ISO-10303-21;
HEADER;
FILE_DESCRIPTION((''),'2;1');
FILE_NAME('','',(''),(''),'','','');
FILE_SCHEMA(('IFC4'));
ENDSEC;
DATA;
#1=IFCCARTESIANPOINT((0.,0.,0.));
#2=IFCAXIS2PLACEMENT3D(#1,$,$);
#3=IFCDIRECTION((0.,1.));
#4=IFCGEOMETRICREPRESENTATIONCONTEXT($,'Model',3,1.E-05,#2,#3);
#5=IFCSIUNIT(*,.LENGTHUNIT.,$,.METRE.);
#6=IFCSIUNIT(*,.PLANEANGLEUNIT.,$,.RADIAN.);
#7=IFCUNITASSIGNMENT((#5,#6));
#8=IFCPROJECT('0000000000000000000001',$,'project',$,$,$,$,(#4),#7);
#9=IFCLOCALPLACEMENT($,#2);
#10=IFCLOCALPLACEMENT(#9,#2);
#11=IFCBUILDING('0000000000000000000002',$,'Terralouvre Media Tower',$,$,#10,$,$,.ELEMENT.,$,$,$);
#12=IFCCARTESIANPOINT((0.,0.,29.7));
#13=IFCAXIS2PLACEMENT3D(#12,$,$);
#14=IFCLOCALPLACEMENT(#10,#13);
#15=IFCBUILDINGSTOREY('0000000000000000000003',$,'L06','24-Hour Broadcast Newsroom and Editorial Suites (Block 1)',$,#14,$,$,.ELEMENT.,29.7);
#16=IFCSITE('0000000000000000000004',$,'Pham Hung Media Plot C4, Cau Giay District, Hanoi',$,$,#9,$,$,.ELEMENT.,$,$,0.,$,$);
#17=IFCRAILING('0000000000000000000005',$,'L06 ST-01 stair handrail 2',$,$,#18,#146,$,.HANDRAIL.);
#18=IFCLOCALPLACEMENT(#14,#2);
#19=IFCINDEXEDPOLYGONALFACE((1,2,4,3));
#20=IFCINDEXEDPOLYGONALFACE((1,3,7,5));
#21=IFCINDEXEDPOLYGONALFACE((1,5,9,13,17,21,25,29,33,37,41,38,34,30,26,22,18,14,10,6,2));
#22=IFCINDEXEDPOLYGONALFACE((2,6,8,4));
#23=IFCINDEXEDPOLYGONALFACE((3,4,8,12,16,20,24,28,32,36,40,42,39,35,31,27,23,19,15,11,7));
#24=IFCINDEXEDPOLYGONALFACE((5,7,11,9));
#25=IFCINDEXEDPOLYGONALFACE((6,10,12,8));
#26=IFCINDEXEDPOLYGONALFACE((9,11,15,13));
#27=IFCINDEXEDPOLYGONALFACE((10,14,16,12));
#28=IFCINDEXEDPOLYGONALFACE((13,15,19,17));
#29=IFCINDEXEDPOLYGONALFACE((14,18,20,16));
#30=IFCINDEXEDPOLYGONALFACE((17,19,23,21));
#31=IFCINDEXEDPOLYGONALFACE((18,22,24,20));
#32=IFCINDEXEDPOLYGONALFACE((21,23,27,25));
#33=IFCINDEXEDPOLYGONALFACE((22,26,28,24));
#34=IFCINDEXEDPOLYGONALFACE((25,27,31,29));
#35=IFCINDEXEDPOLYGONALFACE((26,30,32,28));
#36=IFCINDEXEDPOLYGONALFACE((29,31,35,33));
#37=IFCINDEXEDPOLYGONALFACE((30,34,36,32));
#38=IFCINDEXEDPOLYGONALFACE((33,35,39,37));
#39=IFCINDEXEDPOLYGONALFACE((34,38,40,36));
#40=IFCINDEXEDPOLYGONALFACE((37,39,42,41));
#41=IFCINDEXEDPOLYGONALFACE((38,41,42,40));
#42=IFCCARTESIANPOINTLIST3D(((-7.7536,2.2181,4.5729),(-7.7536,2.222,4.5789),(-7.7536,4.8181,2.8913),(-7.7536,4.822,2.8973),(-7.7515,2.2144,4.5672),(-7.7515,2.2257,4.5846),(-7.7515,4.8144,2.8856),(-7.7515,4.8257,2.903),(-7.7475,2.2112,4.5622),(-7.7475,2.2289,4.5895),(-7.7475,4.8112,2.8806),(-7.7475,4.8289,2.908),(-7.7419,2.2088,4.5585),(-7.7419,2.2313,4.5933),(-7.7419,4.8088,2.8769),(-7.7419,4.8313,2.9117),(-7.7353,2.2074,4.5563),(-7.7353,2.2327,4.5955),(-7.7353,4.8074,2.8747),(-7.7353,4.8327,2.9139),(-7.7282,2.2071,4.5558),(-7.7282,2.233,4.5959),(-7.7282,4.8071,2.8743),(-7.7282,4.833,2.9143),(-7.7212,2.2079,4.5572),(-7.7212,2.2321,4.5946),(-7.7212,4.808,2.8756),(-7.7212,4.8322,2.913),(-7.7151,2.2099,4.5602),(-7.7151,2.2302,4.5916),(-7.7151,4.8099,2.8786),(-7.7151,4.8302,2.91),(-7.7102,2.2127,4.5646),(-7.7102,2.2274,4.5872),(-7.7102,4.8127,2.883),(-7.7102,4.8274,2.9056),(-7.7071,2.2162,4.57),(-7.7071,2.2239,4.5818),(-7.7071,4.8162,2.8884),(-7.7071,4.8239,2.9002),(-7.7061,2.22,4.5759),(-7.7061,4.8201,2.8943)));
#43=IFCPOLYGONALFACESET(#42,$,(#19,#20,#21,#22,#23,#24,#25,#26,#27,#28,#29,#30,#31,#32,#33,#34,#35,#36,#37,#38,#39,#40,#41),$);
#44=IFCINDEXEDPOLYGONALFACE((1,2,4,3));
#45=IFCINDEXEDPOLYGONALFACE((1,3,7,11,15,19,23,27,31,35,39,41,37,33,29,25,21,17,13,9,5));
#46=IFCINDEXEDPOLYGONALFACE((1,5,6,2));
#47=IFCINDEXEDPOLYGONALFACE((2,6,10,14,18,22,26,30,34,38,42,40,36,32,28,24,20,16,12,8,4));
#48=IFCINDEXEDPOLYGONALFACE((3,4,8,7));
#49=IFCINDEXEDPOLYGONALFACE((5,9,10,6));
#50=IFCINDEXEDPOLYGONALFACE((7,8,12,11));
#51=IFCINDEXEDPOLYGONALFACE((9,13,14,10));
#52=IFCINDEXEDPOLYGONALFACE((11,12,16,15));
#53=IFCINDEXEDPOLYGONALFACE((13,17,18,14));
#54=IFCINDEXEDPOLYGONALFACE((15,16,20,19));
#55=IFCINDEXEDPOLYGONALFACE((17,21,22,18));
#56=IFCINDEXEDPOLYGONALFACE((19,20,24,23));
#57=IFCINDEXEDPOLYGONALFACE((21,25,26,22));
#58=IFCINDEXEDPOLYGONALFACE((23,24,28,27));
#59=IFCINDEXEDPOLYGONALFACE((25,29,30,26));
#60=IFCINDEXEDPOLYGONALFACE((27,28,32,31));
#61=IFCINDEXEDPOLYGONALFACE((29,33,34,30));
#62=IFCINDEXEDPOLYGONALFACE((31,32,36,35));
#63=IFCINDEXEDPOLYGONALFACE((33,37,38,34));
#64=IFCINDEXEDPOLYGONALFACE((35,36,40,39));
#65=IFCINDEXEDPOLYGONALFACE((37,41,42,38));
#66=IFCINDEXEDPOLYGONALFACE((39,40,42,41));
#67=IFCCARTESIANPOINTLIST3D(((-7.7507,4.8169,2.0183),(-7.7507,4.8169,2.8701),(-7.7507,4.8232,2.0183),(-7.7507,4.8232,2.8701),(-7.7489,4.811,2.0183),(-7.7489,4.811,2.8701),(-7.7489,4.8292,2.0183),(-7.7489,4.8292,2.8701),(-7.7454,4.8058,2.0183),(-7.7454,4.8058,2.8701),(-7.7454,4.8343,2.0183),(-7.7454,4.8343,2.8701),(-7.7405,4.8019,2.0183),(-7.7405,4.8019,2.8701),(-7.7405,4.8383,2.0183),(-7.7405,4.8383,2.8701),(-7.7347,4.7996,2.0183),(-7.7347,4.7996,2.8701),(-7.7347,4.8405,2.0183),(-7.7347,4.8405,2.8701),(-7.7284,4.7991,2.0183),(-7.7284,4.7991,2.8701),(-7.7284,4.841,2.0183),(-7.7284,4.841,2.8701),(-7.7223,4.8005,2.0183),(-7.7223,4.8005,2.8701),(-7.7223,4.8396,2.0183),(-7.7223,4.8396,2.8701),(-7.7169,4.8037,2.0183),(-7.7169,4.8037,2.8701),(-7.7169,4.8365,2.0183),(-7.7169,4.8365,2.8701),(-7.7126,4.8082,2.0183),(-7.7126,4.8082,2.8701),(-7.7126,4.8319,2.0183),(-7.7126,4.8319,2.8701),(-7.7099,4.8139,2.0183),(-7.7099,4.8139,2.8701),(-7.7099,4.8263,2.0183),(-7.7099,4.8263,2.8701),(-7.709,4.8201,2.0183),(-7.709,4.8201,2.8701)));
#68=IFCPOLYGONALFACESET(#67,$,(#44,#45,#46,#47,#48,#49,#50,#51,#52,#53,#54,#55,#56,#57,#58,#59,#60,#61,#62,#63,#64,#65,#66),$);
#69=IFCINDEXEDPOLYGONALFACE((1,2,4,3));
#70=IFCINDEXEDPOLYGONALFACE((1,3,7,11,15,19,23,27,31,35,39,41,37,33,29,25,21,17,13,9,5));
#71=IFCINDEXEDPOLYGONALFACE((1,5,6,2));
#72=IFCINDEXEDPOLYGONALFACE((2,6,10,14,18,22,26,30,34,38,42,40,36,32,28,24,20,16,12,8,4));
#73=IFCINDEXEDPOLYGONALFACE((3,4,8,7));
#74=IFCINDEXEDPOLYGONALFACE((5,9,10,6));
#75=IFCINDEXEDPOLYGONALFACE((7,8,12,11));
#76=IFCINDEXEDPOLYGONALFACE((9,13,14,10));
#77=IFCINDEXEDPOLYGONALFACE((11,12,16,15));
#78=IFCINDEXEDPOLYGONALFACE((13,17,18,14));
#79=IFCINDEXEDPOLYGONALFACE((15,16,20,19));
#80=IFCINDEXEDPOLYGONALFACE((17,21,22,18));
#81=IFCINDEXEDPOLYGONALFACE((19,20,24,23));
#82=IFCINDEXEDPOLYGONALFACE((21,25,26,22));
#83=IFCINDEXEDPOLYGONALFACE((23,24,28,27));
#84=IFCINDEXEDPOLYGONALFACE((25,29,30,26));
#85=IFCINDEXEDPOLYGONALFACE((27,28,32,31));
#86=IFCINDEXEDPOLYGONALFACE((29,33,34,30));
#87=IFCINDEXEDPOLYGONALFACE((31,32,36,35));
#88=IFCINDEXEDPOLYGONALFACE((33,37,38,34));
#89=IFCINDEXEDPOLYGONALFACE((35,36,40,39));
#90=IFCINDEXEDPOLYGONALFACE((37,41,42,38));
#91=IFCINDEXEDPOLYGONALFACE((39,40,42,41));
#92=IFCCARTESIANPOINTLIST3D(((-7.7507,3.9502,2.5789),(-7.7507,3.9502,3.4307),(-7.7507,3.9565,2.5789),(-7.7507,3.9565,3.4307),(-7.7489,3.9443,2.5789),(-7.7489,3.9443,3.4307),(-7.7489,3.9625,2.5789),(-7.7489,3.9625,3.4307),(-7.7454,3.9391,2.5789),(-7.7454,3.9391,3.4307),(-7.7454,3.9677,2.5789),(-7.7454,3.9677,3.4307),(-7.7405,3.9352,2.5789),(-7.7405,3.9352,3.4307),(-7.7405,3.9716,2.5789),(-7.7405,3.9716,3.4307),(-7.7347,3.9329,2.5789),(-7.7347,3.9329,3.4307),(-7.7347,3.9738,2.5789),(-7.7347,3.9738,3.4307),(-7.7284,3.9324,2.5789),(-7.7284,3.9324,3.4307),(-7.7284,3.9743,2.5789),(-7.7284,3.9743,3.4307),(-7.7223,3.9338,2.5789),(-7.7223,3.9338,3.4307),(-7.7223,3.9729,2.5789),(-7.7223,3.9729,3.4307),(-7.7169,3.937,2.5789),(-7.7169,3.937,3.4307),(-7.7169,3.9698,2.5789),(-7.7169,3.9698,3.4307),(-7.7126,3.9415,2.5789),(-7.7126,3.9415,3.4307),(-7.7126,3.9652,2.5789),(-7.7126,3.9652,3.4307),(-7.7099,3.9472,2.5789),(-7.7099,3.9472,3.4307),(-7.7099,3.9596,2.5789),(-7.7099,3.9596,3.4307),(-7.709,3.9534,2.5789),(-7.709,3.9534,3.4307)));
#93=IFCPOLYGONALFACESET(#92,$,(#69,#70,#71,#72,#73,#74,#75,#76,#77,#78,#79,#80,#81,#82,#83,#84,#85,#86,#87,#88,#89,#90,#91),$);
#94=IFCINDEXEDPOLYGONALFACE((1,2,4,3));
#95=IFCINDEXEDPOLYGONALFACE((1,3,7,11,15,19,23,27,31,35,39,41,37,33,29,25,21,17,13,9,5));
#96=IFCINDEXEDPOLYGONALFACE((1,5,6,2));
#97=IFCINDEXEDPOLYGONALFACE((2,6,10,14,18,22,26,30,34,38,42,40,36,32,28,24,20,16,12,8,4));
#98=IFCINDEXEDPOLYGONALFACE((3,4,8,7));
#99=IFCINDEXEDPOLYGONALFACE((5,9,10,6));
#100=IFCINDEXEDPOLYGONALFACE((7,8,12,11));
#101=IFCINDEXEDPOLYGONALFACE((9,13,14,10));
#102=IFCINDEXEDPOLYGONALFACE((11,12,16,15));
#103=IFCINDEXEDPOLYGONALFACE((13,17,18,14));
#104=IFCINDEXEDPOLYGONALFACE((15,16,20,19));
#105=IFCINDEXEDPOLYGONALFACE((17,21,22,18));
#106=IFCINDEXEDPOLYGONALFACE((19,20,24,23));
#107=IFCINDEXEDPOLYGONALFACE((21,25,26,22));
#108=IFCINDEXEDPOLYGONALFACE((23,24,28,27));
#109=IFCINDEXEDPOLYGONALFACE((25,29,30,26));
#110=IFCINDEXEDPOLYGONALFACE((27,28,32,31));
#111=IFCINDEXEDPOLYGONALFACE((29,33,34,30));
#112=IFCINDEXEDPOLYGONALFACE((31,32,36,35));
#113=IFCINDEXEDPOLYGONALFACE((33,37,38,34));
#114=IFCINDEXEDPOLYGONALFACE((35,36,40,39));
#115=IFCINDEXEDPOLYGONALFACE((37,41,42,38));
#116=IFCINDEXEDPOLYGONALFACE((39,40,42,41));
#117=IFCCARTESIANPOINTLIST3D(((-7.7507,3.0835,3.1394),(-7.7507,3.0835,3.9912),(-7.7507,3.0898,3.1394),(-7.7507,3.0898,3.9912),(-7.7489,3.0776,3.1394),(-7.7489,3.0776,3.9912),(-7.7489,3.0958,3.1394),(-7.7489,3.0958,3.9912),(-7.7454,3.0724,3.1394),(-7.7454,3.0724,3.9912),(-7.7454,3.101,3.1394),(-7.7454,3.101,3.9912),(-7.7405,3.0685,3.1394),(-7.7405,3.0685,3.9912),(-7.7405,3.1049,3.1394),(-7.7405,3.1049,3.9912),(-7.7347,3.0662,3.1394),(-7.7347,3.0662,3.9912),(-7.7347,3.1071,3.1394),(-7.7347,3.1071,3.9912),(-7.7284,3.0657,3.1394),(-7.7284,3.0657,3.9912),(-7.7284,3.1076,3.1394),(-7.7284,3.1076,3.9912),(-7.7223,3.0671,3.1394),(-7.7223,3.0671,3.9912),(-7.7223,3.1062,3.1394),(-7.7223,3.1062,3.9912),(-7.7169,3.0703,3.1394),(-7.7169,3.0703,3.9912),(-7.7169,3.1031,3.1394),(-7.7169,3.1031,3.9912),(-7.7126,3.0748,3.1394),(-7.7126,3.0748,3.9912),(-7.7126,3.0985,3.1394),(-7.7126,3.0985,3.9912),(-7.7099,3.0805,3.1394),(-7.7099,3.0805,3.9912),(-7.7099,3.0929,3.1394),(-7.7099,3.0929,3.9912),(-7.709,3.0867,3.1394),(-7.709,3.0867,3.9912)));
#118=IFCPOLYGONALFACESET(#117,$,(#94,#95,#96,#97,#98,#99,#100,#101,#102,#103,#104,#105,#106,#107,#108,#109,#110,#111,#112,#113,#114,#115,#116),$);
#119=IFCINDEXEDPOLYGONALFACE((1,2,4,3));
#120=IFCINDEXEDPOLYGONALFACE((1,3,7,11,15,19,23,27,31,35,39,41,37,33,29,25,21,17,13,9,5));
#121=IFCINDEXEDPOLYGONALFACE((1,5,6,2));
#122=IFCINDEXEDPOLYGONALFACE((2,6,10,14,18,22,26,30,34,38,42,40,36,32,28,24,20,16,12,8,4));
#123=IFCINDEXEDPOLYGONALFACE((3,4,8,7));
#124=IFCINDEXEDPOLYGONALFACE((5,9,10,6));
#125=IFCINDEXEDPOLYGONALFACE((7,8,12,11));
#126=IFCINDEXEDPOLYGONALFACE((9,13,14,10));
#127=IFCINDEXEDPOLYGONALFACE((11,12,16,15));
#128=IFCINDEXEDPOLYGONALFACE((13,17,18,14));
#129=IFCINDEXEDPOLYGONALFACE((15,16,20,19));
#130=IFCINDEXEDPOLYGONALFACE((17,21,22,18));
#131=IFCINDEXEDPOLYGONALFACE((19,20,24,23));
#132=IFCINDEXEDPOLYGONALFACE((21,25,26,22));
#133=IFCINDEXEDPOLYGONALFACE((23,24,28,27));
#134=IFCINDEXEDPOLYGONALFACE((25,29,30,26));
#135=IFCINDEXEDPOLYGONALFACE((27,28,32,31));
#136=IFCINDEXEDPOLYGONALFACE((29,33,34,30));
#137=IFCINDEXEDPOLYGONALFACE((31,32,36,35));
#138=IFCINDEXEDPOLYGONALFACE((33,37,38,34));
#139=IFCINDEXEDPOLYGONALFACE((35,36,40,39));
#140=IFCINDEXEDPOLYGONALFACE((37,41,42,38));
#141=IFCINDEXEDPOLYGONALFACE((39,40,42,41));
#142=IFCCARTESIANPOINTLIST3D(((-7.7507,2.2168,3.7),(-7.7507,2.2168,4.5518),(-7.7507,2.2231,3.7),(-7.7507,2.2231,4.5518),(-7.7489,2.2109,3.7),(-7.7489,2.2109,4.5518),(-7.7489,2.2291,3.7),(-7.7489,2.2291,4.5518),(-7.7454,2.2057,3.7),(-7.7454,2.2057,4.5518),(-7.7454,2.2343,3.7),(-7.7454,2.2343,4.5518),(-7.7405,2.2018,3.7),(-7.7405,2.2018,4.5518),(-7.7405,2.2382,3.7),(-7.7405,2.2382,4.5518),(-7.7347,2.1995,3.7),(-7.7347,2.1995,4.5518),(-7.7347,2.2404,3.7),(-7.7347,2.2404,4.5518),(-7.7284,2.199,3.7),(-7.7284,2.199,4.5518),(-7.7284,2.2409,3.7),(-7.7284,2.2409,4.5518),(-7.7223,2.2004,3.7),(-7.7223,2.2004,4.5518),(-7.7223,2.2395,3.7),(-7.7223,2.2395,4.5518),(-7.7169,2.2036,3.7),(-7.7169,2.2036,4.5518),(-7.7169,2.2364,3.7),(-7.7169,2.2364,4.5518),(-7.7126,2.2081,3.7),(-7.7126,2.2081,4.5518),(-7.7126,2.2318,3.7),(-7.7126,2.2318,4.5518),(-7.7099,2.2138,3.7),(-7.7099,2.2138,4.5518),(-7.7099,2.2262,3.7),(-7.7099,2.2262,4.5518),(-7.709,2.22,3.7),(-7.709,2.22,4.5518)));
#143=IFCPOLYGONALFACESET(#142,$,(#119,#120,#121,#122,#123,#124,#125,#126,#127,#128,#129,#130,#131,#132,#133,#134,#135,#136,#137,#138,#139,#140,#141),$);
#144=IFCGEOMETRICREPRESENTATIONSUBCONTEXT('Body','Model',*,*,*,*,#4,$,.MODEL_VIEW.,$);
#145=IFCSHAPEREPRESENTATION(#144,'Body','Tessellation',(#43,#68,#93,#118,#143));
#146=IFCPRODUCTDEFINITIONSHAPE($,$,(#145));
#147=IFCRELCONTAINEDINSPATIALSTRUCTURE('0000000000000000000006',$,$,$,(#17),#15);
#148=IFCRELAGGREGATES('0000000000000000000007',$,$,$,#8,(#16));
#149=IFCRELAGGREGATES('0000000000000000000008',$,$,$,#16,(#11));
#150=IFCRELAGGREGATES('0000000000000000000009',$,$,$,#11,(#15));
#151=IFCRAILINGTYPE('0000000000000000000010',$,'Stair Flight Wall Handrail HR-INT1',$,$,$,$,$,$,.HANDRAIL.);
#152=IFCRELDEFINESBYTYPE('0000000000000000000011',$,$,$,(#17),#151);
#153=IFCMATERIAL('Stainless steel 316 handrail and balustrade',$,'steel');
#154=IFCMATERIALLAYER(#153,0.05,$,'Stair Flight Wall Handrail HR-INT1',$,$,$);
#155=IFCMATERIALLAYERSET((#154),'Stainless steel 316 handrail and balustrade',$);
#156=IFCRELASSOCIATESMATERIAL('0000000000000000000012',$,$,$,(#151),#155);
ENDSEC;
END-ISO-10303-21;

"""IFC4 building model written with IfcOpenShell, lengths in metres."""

from ifc_helpers import new_model, si_unit, direction, frame, origin, origin_2d, place, context, subcontext, project, spatial, circle, extrude, material, layer, layer_set, type_object, element, save


model = new_model("IFC4")

# Units and contexts
model_context = context("Model", 3, precision=1e-05, world=origin(), true_north=direction((0.0, 1.0)))
body_context = subcontext(model_context, "Body", "Model", "MODEL_VIEW")
ifc_project = project(units=[si_unit("LENGTHUNIT", "METRE"), si_unit("PLANEANGLEUNIT", "RADIAN")], contexts=[model_context])

# Site, building, storey
site_placement = place(None, origin())
site = spatial("IfcSite", under=ifc_project, at=site_placement, Name="Pham Hung Media Plot C4, Cau Giay District, Hanoi", CompositionType="ELEMENT", RefElevation=0.0)
building_placement = place(site_placement, origin())
building = spatial("IfcBuilding", under=site, at=building_placement, Name="Terralouvre Media Tower", CompositionType="ELEMENT")
storey_placement = place(building_placement, frame((0.0, 0.0, 29.7)))
storey = spatial("IfcBuildingStorey", under=building, at=storey_placement, Name="L06", Description="24-Hour Broadcast Newsroom and Editorial Suites (Block 1)", CompositionType="ELEMENT", Elevation=29.7)

# Railing
ifc_material_1 = material(Name="Stainless steel 316 handrail and balustrade", Category="steel")
ifc_layer_1 = layer(ifc_material_1, 0.05, Name="Stair Flight Wall Handrail HR-INT1")
ifc_layer_set_1 = layer_set([ifc_layer_1], Name="Stainless steel 316 handrail and balustrade")
railing_type_1 = type_object("IfcRailingType", Name="Stair Flight Wall Handrail HR-INT1", PredefinedType="HANDRAIL", material=ifc_layer_set_1)
railing_1_placement = place(storey_placement, frame((-7.73, 4.8201, 2.0183)))
element("IfcRailing", 1, at=railing_1_placement, inside=storey, type_object=railing_type_1, Name="L06 ST-01 stair handrail 2", PredefinedType="HANDRAIL", context=body_context, shape_type="SweptSolid", body=[
    extrude(circle(Radius=0.0239, at=origin_2d()), frame((0.0, 0.0, 0.876), z_axis=(0.0, -0.839684, 0.543075), x_axis=(1.0, 0.0, 0.0)), (0.0, 0.0, 1.0), 3.0964),
    extrude(circle(Radius=0.021, at=origin_2d()), origin(), (0.0, 0.0, 1.0), 0.8518),
    extrude(circle(Radius=0.021, at=origin_2d()), frame((0.0, -0.8667, 0.5605)), (0.0, 0.0, 1.0), 0.8518),
    extrude(circle(Radius=0.021, at=origin_2d()), frame((0.0, -1.7334, 1.1211)), (0.0, 0.0, 1.0), 0.8518),
    extrude(circle(Radius=0.021, at=origin_2d()), frame((0.0, -2.6001, 1.6816)), (0.0, 0.0, 1.0), 0.8518),
])

save(model, "model.ifc")
